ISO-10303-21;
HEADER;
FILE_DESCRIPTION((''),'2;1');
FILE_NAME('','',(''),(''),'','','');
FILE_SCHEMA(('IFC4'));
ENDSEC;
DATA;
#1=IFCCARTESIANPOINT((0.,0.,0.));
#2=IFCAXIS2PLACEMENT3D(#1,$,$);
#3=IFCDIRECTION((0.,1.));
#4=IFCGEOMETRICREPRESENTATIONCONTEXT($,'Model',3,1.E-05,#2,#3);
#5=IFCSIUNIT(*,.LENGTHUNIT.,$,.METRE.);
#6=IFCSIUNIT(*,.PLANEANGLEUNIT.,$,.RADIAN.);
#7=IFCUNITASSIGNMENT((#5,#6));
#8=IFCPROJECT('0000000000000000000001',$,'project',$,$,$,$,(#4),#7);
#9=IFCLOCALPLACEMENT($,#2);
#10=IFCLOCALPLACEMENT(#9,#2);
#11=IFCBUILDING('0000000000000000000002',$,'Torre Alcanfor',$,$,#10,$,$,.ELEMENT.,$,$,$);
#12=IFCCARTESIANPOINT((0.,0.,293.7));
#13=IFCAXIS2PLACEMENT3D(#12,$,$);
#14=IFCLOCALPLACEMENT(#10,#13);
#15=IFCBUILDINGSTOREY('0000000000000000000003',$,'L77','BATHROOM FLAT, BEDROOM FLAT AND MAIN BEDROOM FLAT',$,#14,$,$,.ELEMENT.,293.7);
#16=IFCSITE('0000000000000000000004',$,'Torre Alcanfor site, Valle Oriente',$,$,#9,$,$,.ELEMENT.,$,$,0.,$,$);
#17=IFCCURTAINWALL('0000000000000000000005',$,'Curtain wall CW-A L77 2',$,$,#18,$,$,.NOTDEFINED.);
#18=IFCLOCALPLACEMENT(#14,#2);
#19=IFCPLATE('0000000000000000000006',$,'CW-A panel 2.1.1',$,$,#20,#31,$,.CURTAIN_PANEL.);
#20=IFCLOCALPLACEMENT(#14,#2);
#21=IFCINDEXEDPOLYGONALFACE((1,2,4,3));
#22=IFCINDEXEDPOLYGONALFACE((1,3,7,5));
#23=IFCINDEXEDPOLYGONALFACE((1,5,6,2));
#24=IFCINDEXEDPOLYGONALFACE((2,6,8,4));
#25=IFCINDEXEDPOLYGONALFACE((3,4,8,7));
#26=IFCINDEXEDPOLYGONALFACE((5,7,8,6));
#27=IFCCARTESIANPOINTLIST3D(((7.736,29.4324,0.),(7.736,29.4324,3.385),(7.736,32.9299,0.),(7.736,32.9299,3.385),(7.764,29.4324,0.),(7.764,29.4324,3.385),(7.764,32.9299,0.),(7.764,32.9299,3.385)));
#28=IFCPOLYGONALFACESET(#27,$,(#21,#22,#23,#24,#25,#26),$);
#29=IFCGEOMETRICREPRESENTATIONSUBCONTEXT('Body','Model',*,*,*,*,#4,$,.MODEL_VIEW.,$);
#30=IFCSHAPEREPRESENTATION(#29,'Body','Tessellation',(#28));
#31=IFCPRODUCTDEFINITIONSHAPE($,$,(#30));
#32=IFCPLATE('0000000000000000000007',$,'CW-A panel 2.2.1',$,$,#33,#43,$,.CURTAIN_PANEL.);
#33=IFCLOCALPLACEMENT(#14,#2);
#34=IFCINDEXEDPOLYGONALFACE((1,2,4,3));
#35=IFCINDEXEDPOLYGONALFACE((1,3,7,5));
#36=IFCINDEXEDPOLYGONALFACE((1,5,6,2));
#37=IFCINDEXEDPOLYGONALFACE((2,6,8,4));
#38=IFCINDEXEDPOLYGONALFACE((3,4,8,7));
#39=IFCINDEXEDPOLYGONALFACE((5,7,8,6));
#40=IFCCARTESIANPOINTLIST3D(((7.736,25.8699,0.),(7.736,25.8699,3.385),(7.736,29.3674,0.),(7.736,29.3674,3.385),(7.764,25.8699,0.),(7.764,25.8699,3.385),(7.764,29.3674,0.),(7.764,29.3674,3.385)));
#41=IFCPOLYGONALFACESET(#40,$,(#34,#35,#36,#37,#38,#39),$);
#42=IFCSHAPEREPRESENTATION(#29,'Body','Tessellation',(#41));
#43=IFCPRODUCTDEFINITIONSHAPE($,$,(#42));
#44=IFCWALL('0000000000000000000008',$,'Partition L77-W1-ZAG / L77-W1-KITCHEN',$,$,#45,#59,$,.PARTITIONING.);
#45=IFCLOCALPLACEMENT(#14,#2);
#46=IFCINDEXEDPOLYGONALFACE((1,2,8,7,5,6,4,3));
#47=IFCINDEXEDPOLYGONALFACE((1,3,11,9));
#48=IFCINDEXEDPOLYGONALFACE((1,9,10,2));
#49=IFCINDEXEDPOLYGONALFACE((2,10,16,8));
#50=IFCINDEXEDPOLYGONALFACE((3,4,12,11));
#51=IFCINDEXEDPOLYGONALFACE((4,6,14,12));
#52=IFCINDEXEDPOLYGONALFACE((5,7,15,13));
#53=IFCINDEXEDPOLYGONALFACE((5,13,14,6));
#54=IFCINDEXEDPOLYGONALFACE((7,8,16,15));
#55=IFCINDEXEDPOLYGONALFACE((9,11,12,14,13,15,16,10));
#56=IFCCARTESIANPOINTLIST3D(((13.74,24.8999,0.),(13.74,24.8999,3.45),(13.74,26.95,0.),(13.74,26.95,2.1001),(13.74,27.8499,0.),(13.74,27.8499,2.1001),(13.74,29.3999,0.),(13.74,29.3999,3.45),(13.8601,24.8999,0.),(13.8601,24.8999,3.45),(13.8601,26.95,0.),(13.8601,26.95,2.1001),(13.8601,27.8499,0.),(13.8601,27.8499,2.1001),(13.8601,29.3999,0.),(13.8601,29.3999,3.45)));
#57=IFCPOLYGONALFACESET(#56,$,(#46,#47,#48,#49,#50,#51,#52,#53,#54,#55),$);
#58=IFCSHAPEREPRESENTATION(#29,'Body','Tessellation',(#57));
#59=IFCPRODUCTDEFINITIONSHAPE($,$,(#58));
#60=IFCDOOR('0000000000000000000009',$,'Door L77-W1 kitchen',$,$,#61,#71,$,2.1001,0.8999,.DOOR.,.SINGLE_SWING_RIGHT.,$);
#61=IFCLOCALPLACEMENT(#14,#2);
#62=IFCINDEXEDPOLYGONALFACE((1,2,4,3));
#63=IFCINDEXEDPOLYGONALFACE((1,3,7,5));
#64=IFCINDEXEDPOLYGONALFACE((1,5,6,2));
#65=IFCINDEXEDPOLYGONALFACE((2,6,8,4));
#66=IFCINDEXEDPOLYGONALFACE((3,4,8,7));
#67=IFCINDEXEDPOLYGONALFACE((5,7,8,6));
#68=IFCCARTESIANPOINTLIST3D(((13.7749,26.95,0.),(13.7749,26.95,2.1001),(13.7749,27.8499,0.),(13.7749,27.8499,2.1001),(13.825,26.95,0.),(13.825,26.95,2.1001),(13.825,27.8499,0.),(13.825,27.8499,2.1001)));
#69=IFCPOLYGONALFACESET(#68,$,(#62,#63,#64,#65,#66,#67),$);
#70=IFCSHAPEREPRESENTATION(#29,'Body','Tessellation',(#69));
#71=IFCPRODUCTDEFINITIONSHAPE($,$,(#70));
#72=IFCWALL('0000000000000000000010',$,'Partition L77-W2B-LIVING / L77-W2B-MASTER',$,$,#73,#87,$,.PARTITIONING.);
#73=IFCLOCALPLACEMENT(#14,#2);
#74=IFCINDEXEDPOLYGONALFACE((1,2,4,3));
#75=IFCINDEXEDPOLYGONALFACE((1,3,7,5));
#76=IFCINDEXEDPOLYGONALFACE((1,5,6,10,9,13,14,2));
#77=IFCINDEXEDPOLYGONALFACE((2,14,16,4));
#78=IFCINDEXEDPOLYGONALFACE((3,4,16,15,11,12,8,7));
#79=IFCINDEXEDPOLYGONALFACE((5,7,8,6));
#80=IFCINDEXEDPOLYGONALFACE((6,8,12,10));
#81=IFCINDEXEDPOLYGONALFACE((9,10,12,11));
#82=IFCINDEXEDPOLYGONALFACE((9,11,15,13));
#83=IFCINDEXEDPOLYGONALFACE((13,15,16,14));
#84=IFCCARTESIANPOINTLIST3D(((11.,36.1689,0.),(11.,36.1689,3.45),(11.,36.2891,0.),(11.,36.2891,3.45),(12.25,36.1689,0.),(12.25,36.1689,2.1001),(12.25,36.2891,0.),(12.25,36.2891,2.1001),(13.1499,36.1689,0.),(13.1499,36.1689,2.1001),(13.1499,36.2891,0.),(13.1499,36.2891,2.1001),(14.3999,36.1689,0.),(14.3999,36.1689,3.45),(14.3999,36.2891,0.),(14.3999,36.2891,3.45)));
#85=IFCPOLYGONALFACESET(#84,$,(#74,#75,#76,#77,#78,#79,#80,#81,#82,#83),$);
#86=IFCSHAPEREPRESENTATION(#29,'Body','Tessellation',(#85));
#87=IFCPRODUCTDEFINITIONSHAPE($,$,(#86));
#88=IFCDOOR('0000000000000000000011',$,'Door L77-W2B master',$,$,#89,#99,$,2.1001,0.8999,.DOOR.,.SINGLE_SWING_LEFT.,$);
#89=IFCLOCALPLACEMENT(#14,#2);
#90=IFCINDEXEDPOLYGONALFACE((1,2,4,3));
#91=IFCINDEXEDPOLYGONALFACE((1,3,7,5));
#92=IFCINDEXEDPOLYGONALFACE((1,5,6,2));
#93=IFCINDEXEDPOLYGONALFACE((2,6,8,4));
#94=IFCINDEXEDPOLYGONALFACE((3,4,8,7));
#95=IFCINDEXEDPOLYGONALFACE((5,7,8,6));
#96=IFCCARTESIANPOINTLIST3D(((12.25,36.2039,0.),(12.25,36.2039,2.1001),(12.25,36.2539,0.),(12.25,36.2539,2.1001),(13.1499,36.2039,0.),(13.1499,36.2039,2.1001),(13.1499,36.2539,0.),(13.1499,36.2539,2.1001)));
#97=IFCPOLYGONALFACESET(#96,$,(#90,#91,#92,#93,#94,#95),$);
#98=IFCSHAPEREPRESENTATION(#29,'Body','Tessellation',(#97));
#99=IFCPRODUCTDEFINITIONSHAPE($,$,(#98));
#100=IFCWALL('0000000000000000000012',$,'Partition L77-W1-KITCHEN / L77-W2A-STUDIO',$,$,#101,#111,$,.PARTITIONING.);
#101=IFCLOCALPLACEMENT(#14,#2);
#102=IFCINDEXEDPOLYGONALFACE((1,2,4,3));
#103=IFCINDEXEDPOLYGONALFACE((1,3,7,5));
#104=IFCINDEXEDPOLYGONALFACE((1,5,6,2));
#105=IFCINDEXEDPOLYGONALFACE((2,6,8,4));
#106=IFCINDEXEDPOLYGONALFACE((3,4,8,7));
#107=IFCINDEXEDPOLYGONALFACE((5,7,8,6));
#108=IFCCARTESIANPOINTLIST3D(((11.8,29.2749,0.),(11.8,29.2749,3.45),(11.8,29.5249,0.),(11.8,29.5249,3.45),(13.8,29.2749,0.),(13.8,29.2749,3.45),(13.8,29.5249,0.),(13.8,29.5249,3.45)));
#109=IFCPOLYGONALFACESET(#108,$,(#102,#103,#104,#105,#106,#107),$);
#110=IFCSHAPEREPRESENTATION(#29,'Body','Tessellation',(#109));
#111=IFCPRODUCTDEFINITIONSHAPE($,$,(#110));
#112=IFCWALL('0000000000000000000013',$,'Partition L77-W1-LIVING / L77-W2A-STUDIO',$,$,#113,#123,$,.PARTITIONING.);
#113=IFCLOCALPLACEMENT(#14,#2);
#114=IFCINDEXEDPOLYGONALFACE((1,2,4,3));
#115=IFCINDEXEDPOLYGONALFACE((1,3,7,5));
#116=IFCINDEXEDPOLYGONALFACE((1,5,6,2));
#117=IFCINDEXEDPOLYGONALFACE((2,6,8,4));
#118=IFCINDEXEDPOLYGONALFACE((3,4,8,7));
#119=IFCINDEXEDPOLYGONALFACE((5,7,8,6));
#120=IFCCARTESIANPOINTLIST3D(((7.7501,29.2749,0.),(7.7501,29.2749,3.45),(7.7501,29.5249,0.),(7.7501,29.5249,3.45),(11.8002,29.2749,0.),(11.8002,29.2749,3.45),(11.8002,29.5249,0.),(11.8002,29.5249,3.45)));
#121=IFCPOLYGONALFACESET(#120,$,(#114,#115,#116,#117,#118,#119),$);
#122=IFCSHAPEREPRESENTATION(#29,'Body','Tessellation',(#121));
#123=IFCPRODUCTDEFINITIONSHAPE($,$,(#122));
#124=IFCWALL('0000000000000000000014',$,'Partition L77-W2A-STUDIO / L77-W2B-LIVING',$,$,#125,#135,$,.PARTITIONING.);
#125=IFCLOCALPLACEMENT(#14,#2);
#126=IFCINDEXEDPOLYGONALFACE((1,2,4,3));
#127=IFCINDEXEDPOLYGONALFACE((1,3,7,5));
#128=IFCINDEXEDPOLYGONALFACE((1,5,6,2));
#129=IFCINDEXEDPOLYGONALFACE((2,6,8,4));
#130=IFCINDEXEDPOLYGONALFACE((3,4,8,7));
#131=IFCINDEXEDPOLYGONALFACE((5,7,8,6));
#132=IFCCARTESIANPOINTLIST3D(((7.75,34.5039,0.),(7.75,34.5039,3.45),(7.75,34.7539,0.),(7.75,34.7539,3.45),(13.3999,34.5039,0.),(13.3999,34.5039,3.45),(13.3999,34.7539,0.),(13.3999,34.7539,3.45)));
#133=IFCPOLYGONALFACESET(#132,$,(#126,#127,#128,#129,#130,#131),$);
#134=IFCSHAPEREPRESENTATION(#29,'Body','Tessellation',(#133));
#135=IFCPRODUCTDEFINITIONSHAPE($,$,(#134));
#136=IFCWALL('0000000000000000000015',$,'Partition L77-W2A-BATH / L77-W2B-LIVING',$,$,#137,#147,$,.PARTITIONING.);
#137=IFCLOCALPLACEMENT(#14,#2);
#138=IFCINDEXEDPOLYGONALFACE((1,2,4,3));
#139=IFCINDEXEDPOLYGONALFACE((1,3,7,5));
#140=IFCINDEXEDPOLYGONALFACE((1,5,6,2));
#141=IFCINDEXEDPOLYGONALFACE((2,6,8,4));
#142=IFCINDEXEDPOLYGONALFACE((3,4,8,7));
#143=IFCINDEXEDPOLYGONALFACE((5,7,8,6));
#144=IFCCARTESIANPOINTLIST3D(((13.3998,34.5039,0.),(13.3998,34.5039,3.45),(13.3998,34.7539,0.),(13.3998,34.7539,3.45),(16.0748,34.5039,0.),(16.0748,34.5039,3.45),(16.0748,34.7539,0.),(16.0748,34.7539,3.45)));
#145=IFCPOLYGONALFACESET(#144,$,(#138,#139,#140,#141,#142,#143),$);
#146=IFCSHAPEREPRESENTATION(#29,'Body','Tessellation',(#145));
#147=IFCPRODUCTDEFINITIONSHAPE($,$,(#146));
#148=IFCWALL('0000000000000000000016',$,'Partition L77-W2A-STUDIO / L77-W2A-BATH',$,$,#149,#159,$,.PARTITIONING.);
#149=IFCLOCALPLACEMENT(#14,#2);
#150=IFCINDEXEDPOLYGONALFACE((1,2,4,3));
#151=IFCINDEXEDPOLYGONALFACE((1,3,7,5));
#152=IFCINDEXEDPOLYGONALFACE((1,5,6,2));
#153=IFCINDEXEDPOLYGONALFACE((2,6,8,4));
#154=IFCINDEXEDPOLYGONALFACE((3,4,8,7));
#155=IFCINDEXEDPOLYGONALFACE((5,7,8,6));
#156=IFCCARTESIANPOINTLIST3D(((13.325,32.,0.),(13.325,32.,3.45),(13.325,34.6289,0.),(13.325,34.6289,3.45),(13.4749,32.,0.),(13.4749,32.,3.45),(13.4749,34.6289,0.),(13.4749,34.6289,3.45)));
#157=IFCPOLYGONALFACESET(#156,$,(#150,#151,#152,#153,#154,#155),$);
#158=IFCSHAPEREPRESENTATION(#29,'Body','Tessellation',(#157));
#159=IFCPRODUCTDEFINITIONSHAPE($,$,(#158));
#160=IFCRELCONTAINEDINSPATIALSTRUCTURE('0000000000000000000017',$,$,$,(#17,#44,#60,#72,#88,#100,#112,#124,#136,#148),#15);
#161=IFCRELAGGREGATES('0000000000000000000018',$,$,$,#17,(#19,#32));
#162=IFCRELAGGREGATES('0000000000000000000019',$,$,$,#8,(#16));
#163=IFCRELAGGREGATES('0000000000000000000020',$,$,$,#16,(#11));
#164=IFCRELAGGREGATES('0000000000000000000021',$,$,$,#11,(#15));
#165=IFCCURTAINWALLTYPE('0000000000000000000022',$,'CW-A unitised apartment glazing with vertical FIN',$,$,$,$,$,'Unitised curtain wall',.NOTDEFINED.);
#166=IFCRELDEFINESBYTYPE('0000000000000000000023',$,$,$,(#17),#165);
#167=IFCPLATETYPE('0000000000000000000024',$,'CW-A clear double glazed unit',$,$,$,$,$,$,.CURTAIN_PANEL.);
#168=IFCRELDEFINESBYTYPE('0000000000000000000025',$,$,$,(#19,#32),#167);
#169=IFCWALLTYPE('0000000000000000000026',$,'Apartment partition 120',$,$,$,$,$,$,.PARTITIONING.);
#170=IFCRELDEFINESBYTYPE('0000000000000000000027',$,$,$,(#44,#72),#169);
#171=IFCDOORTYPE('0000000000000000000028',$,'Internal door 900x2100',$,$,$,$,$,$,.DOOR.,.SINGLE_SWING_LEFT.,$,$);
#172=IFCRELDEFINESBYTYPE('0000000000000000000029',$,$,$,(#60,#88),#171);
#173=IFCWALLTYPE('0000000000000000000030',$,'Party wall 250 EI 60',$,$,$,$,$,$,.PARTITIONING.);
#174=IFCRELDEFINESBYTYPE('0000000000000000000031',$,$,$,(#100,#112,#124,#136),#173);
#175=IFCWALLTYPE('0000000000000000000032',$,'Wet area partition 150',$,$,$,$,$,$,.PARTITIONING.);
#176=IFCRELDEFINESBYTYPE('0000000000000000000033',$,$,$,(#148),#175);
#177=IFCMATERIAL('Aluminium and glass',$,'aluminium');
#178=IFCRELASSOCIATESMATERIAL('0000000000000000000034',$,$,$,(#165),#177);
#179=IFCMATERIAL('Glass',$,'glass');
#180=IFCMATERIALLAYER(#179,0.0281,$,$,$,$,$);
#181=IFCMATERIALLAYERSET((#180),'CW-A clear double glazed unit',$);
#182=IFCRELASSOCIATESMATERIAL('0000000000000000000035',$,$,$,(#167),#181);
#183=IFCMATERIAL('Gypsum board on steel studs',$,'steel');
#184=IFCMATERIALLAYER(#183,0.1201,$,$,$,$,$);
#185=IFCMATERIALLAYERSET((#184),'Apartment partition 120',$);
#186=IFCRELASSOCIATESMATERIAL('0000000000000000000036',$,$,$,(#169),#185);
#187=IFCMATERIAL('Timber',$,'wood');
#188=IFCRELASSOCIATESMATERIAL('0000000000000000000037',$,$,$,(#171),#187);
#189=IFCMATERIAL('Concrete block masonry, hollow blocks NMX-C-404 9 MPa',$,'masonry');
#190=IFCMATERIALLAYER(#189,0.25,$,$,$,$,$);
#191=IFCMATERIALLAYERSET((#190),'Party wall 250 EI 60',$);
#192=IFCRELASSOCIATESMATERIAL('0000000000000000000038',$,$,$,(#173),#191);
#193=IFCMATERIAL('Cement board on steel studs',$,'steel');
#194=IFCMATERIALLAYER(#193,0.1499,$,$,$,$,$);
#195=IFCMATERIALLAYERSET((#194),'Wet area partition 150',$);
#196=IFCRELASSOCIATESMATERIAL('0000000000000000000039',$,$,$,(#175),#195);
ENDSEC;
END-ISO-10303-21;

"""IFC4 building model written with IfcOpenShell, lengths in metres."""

from ifc_helpers import new_model, si_unit, direction, frame, frame_2d, origin, origin_2d, place, context, subcontext, project, spatial, rectangle, extrude, material, layer, layer_set, type_object, element, fill, aggregate, save


model = new_model("IFC4")

# Units and contexts
model_context = context("Model", 3, precision=1e-05, world=origin(), true_north=direction((0.0, 1.0)))
body_context = subcontext(model_context, "Body", "Model", "MODEL_VIEW")
ifc_project = project(units=[si_unit("LENGTHUNIT", "METRE"), si_unit("PLANEANGLEUNIT", "RADIAN")], contexts=[model_context])

# Site, building, storey
site_placement = place(None, origin())
site = spatial("IfcSite", under=ifc_project, at=site_placement, Name="Torre Alcanfor site, Valle Oriente", CompositionType="ELEMENT", RefElevation=0.0)
building_placement = place(site_placement, origin())
building = spatial("IfcBuilding", under=site, at=building_placement, Name="Torre Alcanfor", CompositionType="ELEMENT")
storey_placement = place(building_placement, frame((0.0, 0.0, 293.7)))
storey = spatial("IfcBuildingStorey", under=building, at=storey_placement, Name="L77", Description="BATHROOM FLAT, BEDROOM FLAT AND MAIN BEDROOM FLAT", CompositionType="ELEMENT", Elevation=293.7)

# Curtain wall
ifc_material_1 = material(Name="Aluminium and glass", Category="aluminium")
curtain_wall_type = type_object("IfcCurtainWallType", Name="CW-A unitised apartment glazing with vertical FIN", ElementType="Unitised curtain wall", PredefinedType="NOTDEFINED", material=ifc_material_1)
curtain_wall_placement = place(storey_placement, origin())
curtain_wall = element("IfcCurtainWall", 1, at=curtain_wall_placement, inside=storey, type_object=curtain_wall_type, Name="Curtain wall CW-A L77 2", PredefinedType="NOTDEFINED")

# Plates
ifc_material_2 = material(Name="Glass", Category="glass")
ifc_layer_1 = layer(ifc_material_2, 0.0281)
ifc_layer_set_1 = layer_set([ifc_layer_1], Name="CW-A clear double glazed unit")
plate_type = type_object("IfcPlateType", Name="CW-A clear double glazed unit", PredefinedType="CURTAIN_PANEL", material=ifc_layer_set_1)
plate_1_placement = place(storey_placement, frame((7.75, 31.1812, 0.0), z_axis=(0.0, 0.0, 1.0), x_axis=(0.0, -1.0, 0.0)))
plate_1 = element("IfcPlate", 2, at=plate_1_placement, type_object=plate_type, Name="CW-A panel 2.1.1", PredefinedType="CURTAIN_PANEL", context=body_context, shape_type="SweptSolid", body=[
    extrude(rectangle(XDim=3.4976, YDim=0.0281, at=origin_2d()), origin(), (0.0, 0.0, 1.0), 3.385),
])
plate_2_placement = place(storey_placement, frame((7.75, 27.6187, 0.0), z_axis=(0.0, 0.0, 1.0), x_axis=(0.0, -1.0, 0.0)))
plate_2 = element("IfcPlate", 3, at=plate_2_placement, type_object=plate_type, Name="CW-A panel 2.2.1", PredefinedType="CURTAIN_PANEL", context=body_context, shape_type="SweptSolid", body=[
    extrude(rectangle(XDim=3.4976, YDim=0.0281, at=origin_2d()), origin(), (0.0, 0.0, 1.0), 3.385),
])
aggregate(curtain_wall, [plate_1, plate_2])

# Walls, openings, doors
ifc_material_3 = material(Name="Gypsum board on steel studs", Category="steel")
ifc_layer_2 = layer(ifc_material_3, 0.1201)
ifc_layer_set_2 = layer_set([ifc_layer_2], Name="Apartment partition 120")
wall_type_1 = type_object("IfcWallType", Name="Apartment partition 120", PredefinedType="PARTITIONING", material=ifc_layer_set_2)
wall_1_placement = place(storey_placement, frame((13.8, 29.3999, 0.0), z_axis=(0.0, 0.0, 1.0), x_axis=(0.0, -1.0, 0.0)))
wall_1 = element("IfcWall", 4, at=wall_1_placement, inside=storey, type_object=wall_type_1, Name="Partition L77-W1-ZAG / L77-W1-KITCHEN", PredefinedType="PARTITIONING", context=body_context, shape_type="SweptSolid", body=[
    extrude(rectangle(XDim=4.5, YDim=0.1201, at=frame_2d((2.25, 0.0))), origin(), (0.0, 0.0, 1.0), 3.45),
])
opening_1_placement = place(wall_1_placement, frame((1.55, 0.0, 0.0)))
opening_1 = element("IfcOpeningElement", 5, at=opening_1_placement, cuts=wall_1, PredefinedType="OPENING", context=body_context, shape_type="SweptSolid", body=[
    extrude(rectangle(XDim=0.8999, YDim=2.1001, at=frame_2d((0.45, 1.05))), frame((0.0, 0.0701, 0.0), z_axis=(0.0, -1.0, 0.0), x_axis=(1.0, 0.0, 0.0)), (0.0, 0.0, 1.0), 0.1401),
])
ifc_material_4 = material(Name="Timber", Category="wood")
door_type_1 = type_object("IfcDoorType", Name="Internal door 900x2100", OperationType="SINGLE_SWING_LEFT", PredefinedType="DOOR", material=ifc_material_4)
door_1_placement = place(opening_1_placement, frame((0.8999, 0.0, 0.0), z_axis=(0.0, 0.0, 1.0), x_axis=(-1.0, 0.0, 0.0)))
door_1 = element("IfcDoor", 6, at=door_1_placement, inside=storey, type_object=door_type_1, Name="Door L77-W1 kitchen", OperationType="SINGLE_SWING_RIGHT", OverallHeight=2.1001, OverallWidth=0.8999, PredefinedType="DOOR", context=body_context, shape_type="SweptSolid", body=[
    extrude(rectangle(XDim=0.8999, YDim=2.1001, at=frame_2d((0.45, 1.05))), frame((0.0, 0.0251, 0.0), z_axis=(0.0, -1.0, 0.0), x_axis=(1.0, 0.0, 0.0)), (0.0, 0.0, 1.0), 0.05),
])
fill(opening_1, door_1)
wall_2_placement = place(storey_placement, frame((11.0, 36.229, 0.0), z_axis=(0.0, 0.0, 1.0), x_axis=(1.0, 0.0, 0.0)))
wall_2 = element("IfcWall", 7, at=wall_2_placement, inside=storey, type_object=wall_type_1, Name="Partition L77-W2B-LIVING / L77-W2B-MASTER", PredefinedType="PARTITIONING", context=body_context, shape_type="SweptSolid", body=[
    extrude(rectangle(XDim=3.3999, YDim=0.1201, at=frame_2d((1.7, 0.0))), origin(), (0.0, 0.0, 1.0), 3.45),
])
opening_2_placement = place(wall_2_placement, frame((1.25, 0.0, 0.0)))
opening_2 = element("IfcOpeningElement", 8, at=opening_2_placement, cuts=wall_2, PredefinedType="OPENING", context=body_context, shape_type="SweptSolid", body=[
    extrude(rectangle(XDim=0.8999, YDim=2.1001, at=frame_2d((0.45, 1.05))), frame((0.0, 0.0701, 0.0), z_axis=(0.0, -1.0, 0.0), x_axis=(1.0, 0.0, 0.0)), (0.0, 0.0, 1.0), 0.1401),
])
door_2_placement = place(opening_2_placement, origin())
door_2 = element("IfcDoor", 9, at=door_2_placement, inside=storey, type_object=door_type_1, Name="Door L77-W2B master", OperationType="SINGLE_SWING_LEFT", OverallHeight=2.1001, OverallWidth=0.8999, PredefinedType="DOOR", context=body_context, shape_type="SweptSolid", body=[
    extrude(rectangle(XDim=0.8999, YDim=2.1001, at=frame_2d((0.45, 1.05))), frame((0.0, 0.0249, 0.0), z_axis=(0.0, -1.0, 0.0), x_axis=(1.0, 0.0, 0.0)), (0.0, 0.0, 1.0), 0.05),
])
fill(opening_2, door_2)

# Walls
ifc_material_5 = material(Name="Concrete block masonry, hollow blocks NMX-C-404 9 MPa", Category="masonry")
ifc_layer_3 = layer(ifc_material_5, 0.25)
ifc_layer_set_3 = layer_set([ifc_layer_3], Name="Party wall 250 EI 60")
wall_type_2 = type_object("IfcWallType", Name="Party wall 250 EI 60", PredefinedType="PARTITIONING", material=ifc_layer_set_3)
wall_3_placement = place(storey_placement, frame((13.8, 29.3999, 0.0), z_axis=(0.0, 0.0, 1.0), x_axis=(-1.0, 0.0, 0.0)))
element("IfcWall", 10, at=wall_3_placement, inside=storey, type_object=wall_type_2, Name="Partition L77-W1-KITCHEN / L77-W2A-STUDIO", PredefinedType="PARTITIONING", context=body_context, shape_type="SweptSolid", body=[
    extrude(rectangle(XDim=2.0, YDim=0.25, at=frame_2d((1.0, 0.0))), origin(), (0.0, 0.0, 1.0), 3.45),
])
wall_4_placement = place(storey_placement, frame((11.8, 29.3999, 0.0), z_axis=(0.0, 0.0, 1.0), x_axis=(-1.0, 0.0, 0.0)))
element("IfcWall", 11, at=wall_4_placement, inside=storey, type_object=wall_type_2, Name="Partition L77-W1-LIVING / L77-W2A-STUDIO", PredefinedType="PARTITIONING", context=body_context, shape_type="SweptSolid", body=[
    extrude(rectangle(XDim=4.05, YDim=0.25, at=frame_2d((2.0249, 0.0))), origin(), (0.0, 0.0, 1.0), 3.45),
])
wall_5_placement = place(storey_placement, frame((7.75, 34.6289, 0.0), z_axis=(0.0, 0.0, 1.0), x_axis=(1.0, 0.0, 0.0)))
element("IfcWall", 12, at=wall_5_placement, inside=storey, type_object=wall_type_2, Name="Partition L77-W2A-STUDIO / L77-W2B-LIVING", PredefinedType="PARTITIONING", context=body_context, shape_type="SweptSolid", body=[
    extrude(rectangle(XDim=5.6499, YDim=0.25, at=frame_2d((2.825, 0.0))), origin(), (0.0, 0.0, 1.0), 3.45),
])
wall_6_placement = place(storey_placement, frame((13.3999, 34.6289, 0.0), z_axis=(0.0, 0.0, 1.0), x_axis=(1.0, 0.0, 0.0)))
element("IfcWall", 13, at=wall_6_placement, inside=storey, type_object=wall_type_2, Name="Partition L77-W2A-BATH / L77-W2B-LIVING", PredefinedType="PARTITIONING", context=body_context, shape_type="SweptSolid", body=[
    extrude(rectangle(XDim=2.675, YDim=0.25, at=frame_2d((1.3374, 0.0))), origin(), (0.0, 0.0, 1.0), 3.45),
])
ifc_material_6 = material(Name="Cement board on steel studs", Category="steel")
ifc_layer_4 = layer(ifc_material_6, 0.1499)
ifc_layer_set_4 = layer_set([ifc_layer_4], Name="Wet area partition 150")
wall_type_3 = type_object("IfcWallType", Name="Wet area partition 150", PredefinedType="PARTITIONING", material=ifc_layer_set_4)
wall_7_placement = place(storey_placement, frame((13.3999, 34.6289, 0.0), z_axis=(0.0, 0.0, 1.0), x_axis=(0.0, -1.0, 0.0)))
element("IfcWall", 14, at=wall_7_placement, inside=storey, type_object=wall_type_3, Name="Partition L77-W2A-STUDIO / L77-W2A-BATH", PredefinedType="PARTITIONING", context=body_context, shape_type="SweptSolid", body=[
    extrude(rectangle(XDim=2.6289, YDim=0.1499, at=frame_2d((1.3145, 0.0))), origin(), (0.0, 0.0, 1.0), 3.45),
])

save(model, "model.ifc")
